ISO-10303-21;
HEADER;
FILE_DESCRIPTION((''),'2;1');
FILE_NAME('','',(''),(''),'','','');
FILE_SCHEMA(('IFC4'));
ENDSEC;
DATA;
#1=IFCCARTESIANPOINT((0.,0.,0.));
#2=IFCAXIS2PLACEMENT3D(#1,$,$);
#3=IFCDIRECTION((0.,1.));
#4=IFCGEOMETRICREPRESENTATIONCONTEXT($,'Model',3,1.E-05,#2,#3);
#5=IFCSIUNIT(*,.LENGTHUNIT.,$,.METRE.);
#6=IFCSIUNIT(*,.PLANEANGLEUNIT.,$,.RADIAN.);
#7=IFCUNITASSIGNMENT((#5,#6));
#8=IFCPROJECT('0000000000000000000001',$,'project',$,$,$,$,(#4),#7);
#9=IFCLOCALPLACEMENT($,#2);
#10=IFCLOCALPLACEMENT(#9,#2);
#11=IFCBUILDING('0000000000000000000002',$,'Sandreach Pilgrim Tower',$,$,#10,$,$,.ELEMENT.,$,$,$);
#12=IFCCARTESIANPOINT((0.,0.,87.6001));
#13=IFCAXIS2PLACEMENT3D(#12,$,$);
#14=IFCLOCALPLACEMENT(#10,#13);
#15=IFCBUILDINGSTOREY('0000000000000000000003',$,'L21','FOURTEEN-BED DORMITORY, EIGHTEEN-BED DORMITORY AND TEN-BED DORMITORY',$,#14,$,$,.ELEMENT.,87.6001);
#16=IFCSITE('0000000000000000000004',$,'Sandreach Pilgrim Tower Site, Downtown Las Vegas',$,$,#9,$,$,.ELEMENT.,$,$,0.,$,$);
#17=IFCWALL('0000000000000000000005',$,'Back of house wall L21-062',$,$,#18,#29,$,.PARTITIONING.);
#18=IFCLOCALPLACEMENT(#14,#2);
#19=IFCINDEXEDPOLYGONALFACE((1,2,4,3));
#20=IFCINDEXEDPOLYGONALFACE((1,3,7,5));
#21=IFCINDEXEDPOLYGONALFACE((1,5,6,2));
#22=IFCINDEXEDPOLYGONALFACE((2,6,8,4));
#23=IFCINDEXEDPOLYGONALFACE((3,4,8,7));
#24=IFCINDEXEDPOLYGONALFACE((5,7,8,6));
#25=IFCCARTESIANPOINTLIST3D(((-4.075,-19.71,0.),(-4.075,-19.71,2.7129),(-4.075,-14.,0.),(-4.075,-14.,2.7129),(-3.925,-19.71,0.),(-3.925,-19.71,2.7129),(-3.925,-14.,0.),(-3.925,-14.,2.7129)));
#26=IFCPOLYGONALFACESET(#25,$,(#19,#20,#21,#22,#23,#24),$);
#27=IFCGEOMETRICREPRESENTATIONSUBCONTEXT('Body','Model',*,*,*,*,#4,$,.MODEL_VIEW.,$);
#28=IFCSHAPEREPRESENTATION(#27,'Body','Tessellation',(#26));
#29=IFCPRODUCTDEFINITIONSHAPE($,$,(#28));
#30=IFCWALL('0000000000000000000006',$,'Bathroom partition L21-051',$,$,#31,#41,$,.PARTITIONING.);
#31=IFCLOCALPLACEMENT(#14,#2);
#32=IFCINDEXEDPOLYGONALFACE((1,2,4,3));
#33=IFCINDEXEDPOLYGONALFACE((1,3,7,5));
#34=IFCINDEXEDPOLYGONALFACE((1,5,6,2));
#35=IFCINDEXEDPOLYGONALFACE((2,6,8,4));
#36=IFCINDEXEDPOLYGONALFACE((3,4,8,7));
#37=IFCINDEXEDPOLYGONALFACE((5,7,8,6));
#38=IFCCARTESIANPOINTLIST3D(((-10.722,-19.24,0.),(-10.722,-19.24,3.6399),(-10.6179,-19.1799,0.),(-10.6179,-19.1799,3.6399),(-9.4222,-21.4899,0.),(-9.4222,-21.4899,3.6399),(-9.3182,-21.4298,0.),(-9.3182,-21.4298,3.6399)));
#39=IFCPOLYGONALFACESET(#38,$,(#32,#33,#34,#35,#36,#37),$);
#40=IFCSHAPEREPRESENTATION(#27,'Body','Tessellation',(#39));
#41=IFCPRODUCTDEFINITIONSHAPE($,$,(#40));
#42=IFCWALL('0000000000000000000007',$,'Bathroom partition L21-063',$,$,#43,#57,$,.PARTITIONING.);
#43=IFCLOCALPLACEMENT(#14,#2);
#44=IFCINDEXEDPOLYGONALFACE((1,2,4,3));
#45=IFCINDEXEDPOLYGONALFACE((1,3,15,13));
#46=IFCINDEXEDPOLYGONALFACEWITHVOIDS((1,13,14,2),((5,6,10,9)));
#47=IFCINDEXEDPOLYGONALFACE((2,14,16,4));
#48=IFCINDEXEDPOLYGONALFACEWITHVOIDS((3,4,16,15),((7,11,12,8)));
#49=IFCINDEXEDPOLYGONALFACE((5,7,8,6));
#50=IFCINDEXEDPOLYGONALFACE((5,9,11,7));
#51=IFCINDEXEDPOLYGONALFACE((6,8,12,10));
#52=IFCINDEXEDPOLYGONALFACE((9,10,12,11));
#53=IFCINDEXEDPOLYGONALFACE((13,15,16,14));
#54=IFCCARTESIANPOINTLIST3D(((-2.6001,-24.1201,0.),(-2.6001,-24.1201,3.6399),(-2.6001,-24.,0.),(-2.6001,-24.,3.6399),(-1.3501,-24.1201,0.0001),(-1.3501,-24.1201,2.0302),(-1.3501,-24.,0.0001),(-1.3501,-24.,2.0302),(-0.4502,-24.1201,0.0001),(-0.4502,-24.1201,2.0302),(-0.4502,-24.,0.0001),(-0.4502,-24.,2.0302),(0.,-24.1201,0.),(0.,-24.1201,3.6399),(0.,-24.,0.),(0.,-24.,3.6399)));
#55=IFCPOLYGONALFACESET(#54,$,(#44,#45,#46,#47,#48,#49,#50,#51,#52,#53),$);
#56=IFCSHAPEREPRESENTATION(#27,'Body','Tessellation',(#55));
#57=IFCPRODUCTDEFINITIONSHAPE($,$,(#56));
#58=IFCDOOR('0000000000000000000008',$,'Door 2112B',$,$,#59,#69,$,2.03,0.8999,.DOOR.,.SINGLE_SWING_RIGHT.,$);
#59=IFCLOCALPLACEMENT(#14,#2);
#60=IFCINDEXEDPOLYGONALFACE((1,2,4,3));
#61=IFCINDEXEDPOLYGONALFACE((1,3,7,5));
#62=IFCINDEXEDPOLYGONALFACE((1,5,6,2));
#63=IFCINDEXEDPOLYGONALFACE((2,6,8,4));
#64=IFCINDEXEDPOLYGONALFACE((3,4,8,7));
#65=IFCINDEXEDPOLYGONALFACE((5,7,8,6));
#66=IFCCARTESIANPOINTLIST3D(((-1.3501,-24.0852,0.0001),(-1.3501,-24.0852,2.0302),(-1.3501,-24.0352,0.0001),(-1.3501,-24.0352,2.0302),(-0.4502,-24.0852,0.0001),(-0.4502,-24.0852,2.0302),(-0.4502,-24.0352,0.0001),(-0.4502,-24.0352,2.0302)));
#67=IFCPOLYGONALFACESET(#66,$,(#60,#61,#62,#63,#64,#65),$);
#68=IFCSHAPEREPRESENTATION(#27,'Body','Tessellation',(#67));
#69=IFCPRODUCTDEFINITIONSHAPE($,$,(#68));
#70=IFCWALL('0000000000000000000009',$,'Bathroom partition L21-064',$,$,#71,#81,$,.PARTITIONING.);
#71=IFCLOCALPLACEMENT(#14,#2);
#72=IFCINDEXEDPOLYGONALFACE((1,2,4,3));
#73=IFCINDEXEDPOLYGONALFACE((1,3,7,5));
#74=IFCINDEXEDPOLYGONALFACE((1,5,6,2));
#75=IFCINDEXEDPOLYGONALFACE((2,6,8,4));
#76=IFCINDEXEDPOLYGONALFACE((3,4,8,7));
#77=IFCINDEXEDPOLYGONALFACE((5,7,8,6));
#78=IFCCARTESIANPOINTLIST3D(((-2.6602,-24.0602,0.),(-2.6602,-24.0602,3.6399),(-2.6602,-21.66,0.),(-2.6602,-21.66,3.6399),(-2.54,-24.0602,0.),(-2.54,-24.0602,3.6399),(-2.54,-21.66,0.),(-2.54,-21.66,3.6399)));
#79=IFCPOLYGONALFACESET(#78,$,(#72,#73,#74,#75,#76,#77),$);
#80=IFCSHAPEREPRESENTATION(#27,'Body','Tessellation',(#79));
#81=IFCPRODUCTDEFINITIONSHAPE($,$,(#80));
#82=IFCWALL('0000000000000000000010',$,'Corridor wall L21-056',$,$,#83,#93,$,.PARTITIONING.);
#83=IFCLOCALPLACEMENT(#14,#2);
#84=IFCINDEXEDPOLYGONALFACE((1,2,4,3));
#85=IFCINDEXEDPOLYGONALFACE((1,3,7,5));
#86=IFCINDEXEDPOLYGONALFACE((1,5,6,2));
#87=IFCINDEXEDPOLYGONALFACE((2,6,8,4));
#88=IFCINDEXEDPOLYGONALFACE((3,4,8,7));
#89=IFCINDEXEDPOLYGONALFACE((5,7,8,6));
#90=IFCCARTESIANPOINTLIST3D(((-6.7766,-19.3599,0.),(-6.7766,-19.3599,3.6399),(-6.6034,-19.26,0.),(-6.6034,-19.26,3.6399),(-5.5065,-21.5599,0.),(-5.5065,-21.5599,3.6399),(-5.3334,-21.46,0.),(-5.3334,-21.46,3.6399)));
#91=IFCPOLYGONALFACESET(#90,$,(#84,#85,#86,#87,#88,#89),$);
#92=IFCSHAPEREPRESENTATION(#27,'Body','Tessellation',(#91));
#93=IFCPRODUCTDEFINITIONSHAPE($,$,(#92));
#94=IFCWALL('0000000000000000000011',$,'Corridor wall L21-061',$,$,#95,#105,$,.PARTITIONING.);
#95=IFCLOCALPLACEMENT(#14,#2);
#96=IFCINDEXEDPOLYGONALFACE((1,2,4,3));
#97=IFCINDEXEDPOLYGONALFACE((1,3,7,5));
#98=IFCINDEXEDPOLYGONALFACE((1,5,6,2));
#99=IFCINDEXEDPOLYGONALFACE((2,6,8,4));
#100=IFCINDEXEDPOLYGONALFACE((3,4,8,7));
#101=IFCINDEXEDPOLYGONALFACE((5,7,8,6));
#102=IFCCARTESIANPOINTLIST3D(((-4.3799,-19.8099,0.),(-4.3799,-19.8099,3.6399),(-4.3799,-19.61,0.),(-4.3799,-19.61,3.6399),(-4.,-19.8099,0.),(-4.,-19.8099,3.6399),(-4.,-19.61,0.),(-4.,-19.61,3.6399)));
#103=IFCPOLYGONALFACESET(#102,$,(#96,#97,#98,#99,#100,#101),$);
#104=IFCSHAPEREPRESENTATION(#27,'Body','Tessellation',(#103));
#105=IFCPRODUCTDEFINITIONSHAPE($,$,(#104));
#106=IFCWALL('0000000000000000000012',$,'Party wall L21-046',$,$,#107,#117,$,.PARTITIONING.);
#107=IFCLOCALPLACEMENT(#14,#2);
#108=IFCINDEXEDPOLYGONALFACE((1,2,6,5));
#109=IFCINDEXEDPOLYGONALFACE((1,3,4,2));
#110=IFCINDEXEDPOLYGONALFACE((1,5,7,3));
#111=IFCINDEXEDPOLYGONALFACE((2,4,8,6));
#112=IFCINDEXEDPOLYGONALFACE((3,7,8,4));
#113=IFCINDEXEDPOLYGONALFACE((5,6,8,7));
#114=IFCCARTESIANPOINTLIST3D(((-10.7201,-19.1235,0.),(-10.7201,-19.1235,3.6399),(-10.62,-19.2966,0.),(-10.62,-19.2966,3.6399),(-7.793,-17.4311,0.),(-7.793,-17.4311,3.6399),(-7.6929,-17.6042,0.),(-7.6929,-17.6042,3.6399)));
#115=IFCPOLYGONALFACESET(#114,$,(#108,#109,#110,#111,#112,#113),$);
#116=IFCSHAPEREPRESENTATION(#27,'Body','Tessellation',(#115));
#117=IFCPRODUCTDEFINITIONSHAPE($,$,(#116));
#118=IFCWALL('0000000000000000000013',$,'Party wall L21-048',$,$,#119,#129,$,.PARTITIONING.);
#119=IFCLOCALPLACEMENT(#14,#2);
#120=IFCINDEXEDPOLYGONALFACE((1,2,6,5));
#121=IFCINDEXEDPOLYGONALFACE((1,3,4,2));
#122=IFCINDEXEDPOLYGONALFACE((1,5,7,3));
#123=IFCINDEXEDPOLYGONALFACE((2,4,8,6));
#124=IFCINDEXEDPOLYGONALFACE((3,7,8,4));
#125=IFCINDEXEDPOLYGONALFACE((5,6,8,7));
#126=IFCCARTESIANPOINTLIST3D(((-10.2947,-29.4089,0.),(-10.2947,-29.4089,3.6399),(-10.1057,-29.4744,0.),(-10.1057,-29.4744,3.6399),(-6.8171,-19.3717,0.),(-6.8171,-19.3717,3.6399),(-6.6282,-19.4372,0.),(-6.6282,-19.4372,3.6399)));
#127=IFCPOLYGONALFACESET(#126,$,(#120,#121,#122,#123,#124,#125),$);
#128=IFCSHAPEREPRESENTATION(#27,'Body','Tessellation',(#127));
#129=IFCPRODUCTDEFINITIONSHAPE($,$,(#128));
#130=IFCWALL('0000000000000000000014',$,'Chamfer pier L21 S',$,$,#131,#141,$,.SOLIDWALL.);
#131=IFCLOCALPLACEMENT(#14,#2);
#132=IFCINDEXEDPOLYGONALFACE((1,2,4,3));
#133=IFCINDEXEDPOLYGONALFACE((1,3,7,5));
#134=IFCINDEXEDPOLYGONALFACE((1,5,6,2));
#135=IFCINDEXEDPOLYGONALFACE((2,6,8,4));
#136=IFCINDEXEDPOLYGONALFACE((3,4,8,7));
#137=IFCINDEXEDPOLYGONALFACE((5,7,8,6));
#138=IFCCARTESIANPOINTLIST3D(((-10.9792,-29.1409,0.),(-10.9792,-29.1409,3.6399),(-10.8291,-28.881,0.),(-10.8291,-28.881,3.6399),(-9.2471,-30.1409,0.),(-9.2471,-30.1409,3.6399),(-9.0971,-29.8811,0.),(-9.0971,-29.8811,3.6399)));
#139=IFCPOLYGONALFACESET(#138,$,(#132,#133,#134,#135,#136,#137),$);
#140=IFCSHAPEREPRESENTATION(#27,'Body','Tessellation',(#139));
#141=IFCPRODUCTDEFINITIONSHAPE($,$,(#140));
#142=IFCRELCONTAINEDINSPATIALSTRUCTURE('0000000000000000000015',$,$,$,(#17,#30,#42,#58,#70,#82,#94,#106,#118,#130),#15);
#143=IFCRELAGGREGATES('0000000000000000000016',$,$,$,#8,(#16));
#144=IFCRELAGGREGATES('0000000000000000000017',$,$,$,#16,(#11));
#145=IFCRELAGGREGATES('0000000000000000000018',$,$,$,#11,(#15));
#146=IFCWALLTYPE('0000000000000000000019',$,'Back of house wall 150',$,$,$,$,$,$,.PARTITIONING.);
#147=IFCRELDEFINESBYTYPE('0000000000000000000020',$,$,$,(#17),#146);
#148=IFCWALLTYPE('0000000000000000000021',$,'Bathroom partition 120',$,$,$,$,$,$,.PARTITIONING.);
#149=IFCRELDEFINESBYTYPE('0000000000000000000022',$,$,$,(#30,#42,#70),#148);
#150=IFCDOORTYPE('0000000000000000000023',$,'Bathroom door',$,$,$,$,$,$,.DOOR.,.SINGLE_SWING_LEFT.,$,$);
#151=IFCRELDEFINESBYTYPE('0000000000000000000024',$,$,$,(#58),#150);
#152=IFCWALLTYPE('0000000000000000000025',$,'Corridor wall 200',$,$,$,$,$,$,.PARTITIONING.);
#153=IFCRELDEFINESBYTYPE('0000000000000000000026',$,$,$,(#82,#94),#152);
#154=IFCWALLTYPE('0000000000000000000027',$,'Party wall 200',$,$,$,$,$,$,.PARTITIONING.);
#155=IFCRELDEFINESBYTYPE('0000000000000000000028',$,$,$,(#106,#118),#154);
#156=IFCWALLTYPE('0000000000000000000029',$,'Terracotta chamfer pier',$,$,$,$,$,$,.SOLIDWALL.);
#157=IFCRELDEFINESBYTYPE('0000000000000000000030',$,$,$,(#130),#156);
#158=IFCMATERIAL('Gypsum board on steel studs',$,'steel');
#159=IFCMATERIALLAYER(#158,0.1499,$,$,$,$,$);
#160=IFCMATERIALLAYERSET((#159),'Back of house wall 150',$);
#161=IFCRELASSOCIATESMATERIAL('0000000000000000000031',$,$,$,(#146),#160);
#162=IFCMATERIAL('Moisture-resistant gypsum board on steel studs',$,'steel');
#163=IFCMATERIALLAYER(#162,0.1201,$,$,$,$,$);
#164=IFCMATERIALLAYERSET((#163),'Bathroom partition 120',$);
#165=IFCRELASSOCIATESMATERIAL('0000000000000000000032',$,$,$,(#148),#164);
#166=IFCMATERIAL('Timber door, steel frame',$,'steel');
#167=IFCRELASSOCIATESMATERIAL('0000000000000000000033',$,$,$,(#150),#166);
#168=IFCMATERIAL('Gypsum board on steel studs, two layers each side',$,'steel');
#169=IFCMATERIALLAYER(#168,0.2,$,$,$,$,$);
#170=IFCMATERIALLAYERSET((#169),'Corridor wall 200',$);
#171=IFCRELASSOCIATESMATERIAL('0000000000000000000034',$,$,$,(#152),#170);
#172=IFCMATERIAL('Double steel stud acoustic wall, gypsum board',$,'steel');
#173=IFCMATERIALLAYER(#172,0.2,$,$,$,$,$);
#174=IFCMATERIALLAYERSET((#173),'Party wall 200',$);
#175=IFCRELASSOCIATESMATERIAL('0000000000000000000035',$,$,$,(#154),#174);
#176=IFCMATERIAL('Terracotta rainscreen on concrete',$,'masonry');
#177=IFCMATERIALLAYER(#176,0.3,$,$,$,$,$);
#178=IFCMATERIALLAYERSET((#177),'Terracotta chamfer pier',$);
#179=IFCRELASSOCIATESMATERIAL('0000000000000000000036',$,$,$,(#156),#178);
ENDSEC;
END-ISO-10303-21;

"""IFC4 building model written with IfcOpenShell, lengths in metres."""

from ifc_helpers import new_model, si_unit, direction, frame, frame_2d, origin, place, context, subcontext, project, spatial, rectangle, extrude, material, layer, layer_set, type_object, element, fill, save


model = new_model("IFC4")

# Units and contexts
model_context = context("Model", 3, precision=1e-05, world=origin(), true_north=direction((0.0, 1.0)))
body_context = subcontext(model_context, "Body", "Model", "MODEL_VIEW")
ifc_project = project(units=[si_unit("LENGTHUNIT", "METRE"), si_unit("PLANEANGLEUNIT", "RADIAN")], contexts=[model_context])

# Site, building, storey
site_placement = place(None, origin())
site = spatial("IfcSite", under=ifc_project, at=site_placement, Name="Sandreach Pilgrim Tower Site, Downtown Las Vegas", CompositionType="ELEMENT", RefElevation=0.0)
building_placement = place(site_placement, origin())
building = spatial("IfcBuilding", under=site, at=building_placement, Name="Sandreach Pilgrim Tower", CompositionType="ELEMENT")
storey_placement = place(building_placement, frame((0.0, 0.0, 87.6001)))
storey = spatial("IfcBuildingStorey", under=building, at=storey_placement, Name="L21", Description="FOURTEEN-BED DORMITORY, EIGHTEEN-BED DORMITORY AND TEN-BED DORMITORY", CompositionType="ELEMENT", Elevation=87.6001)

# Walls
ifc_material_1 = material(Name="Gypsum board on steel studs", Category="steel")
ifc_layer_1 = layer(ifc_material_1, 0.1499)
ifc_layer_set_1 = layer_set([ifc_layer_1], Name="Back of house wall 150")
wall_type_1 = type_object("IfcWallType", Name="Back of house wall 150", PredefinedType="PARTITIONING", material=ifc_layer_set_1)
wall_1_placement = place(storey_placement, frame((-4.0, -14.0, 0.0), z_axis=(0.0, 0.0, 1.0), x_axis=(0.0, -1.0, 0.0)))
element("IfcWall", 1, at=wall_1_placement, inside=storey, type_object=wall_type_1, Name="Back of house wall L21-062", PredefinedType="PARTITIONING", context=body_context, shape_type="SweptSolid", body=[
    extrude(rectangle(XDim=5.71, YDim=0.1499, at=frame_2d((2.855, 0.0))), origin(), (0.0, 0.0, 1.0), 2.7129),
])
ifc_material_2 = material(Name="Moisture-resistant gypsum board on steel studs", Category="steel")
ifc_layer_2 = layer(ifc_material_2, 0.1201)
ifc_layer_set_2 = layer_set([ifc_layer_2], Name="Bathroom partition 120")
wall_type_2 = type_object("IfcWallType", Name="Bathroom partition 120", PredefinedType="PARTITIONING", material=ifc_layer_set_2)
wall_2_placement = place(storey_placement, frame((-9.3701, -21.46, 0.0), z_axis=(0.0, 0.0, 1.0), x_axis=(-0.500221, 0.865898, 0.0)))
element("IfcWall", 2, at=wall_2_placement, inside=storey, type_object=wall_type_2, Name="Bathroom partition L21-051", PredefinedType="PARTITIONING", context=body_context, shape_type="SweptSolid", body=[
    extrude(rectangle(XDim=2.5984, YDim=0.1201, at=frame_2d((1.2993, 0.0))), origin(), (0.0, 0.0, 1.0), 3.6399),
])

# Wall, opening, door
wall_3_placement = place(storey_placement, frame((-2.6001, -24.0601, 0.0), z_axis=(0.0, 0.0, 1.0), x_axis=(1.0, 0.0, 0.0)))
wall_3 = element("IfcWall", 3, at=wall_3_placement, inside=storey, type_object=wall_type_2, Name="Bathroom partition L21-063", PredefinedType="PARTITIONING", context=body_context, shape_type="SweptSolid", body=[
    extrude(rectangle(XDim=2.6001, YDim=0.1201, at=frame_2d((1.3, 0.0))), origin(), (0.0, 0.0, 1.0), 3.6399),
])
opening_1_placement = place(wall_3_placement, frame((1.25, 0.0, 0.0)))
opening_1 = element("IfcOpeningElement", 4, at=opening_1_placement, cuts=wall_3, PredefinedType="OPENING", context=body_context, shape_type="SweptSolid", body=[
    extrude(rectangle(XDim=0.8999, YDim=2.03, at=frame_2d((0.45, 1.0151))), frame((0.0, 0.0601, 0.0), z_axis=(0.0, -1.0, 0.0), x_axis=(1.0, 0.0, 0.0)), (0.0, 0.0, 1.0), 0.1201),
])
ifc_material_3 = material(Name="Timber door, steel frame", Category="steel")
door_type_1 = type_object("IfcDoorType", Name="Bathroom door", OperationType="SINGLE_SWING_LEFT", PredefinedType="DOOR", material=ifc_material_3)
door_1_placement = place(opening_1_placement, origin())
door_1 = element("IfcDoor", 5, at=door_1_placement, inside=storey, type_object=door_type_1, Name="Door 2112B", OperationType="SINGLE_SWING_RIGHT", OverallHeight=2.03, OverallWidth=0.8999, PredefinedType="DOOR", context=body_context, shape_type="SweptSolid", body=[
    extrude(rectangle(XDim=0.8999, YDim=2.03, at=frame_2d((0.45, 1.0151))), frame((0.0, 0.0249, 0.0), z_axis=(0.0, -1.0, 0.0), x_axis=(1.0, 0.0, 0.0)), (0.0, 0.0, 1.0), 0.05),
])
fill(opening_1, door_1)

# Wall
wall_4_placement = place(storey_placement, frame((-2.6001, -21.6599, 0.0), z_axis=(0.0, 0.0, 1.0), x_axis=(0.0, -1.0, 0.0)))
element("IfcWall", 6, at=wall_4_placement, inside=storey, type_object=wall_type_2, Name="Bathroom partition L21-064", PredefinedType="PARTITIONING", context=body_context, shape_type="SweptSolid", body=[
    extrude(rectangle(XDim=2.4001, YDim=0.1201, at=frame_2d((1.2002, 0.0))), origin(), (0.0, 0.0, 1.0), 3.6399),
])

# Shared definitions
ifc_material_4 = material(Name="Gypsum board on steel studs, two layers each side", Category="steel")
ifc_layer_3 = layer(ifc_material_4, 0.2)
ifc_layer_set_3 = layer_set([ifc_layer_3], Name="Corridor wall 200")
wall_type_3 = type_object("IfcWallType", Name="Corridor wall 200", PredefinedType="PARTITIONING", material=ifc_layer_set_3)

# Wall
wall_5_placement = place(storey_placement, frame((-6.6899, -19.3101, 0.0), z_axis=(0.0, 0.0, 1.0), x_axis=(0.499964, -0.866046, 0.0)))
element("IfcWall", 7, at=wall_5_placement, inside=storey, type_object=wall_type_3, Name="Corridor wall L21-056", PredefinedType="PARTITIONING", context=body_context, shape_type="SweptSolid", body=[
    extrude(rectangle(XDim=2.5403, YDim=0.2, at=frame_2d((1.27, 0.0))), origin(), (0.0, 0.0, 1.0), 3.6399),
])

# Walls
wall_6_placement = place(storey_placement, frame((-4.0, -19.71, 0.0), z_axis=(0.0, 0.0, 1.0), x_axis=(-1.0, 0.0, 0.0)))
element("IfcWall", 8, at=wall_6_placement, inside=storey, type_object=wall_type_3, Name="Corridor wall L21-061", PredefinedType="PARTITIONING", context=body_context, shape_type="SweptSolid", body=[
    extrude(rectangle(XDim=0.3799, YDim=0.2, at=frame_2d((0.1899, 0.0))), origin(), (0.0, 0.0, 1.0), 3.6399),
])
ifc_material_5 = material(Name="Double steel stud acoustic wall, gypsum board", Category="steel")
ifc_layer_4 = layer(ifc_material_5, 0.2)
ifc_layer_set_4 = layer_set([ifc_layer_4], Name="Party wall 200")
wall_type_4 = type_object("IfcWallType", Name="Party wall 200", PredefinedType="PARTITIONING", material=ifc_layer_set_4)
wall_7_placement = place(storey_placement, frame((-10.6699, -19.21, 0.0), z_axis=(0.0, 0.0, 1.0), x_axis=(0.865708, 0.500549, 0.0)))
element("IfcWall", 9, at=wall_7_placement, inside=storey, type_object=wall_type_4, Name="Party wall L21-046", PredefinedType="PARTITIONING", context=body_context, shape_type="SweptSolid", body=[
    extrude(rectangle(XDim=3.3811, YDim=0.2, at=frame_2d((1.6904, 0.0))), origin(), (0.0, 0.0, 1.0), 3.6399),
])
wall_8_placement = place(storey_placement, frame((-10.2002, -29.4417, 0.0), z_axis=(0.0, 0.0, 1.0), x_axis=(0.327376, 0.944894, 0.0)))
element("IfcWall", 10, at=wall_8_placement, inside=storey, type_object=wall_type_4, Name="Party wall L21-048", PredefinedType="PARTITIONING", context=body_context, shape_type="SweptSolid", body=[
    extrude(rectangle(XDim=10.6226, YDim=0.2, at=frame_2d((5.3113, 0.0))), origin(), (0.0, 0.0, 1.0), 3.6399),
])
ifc_material_6 = material(Name="Terracotta rainscreen on concrete", Category="masonry")
ifc_layer_5 = layer(ifc_material_6, 0.3)
ifc_layer_set_5 = layer_set([ifc_layer_5], Name="Terracotta chamfer pier")
wall_type_5 = type_object("IfcWallType", Name="Terracotta chamfer pier", PredefinedType="SOLIDWALL", material=ifc_layer_set_5)
wall_9_placement = place(storey_placement, frame((-9.1721, -30.011, 0.0), z_axis=(0.0, 0.0, 1.0), x_axis=(-0.866011, 0.500025, 0.0)))
element("IfcWall", 11, at=wall_9_placement, inside=storey, type_object=wall_type_5, Name="Chamfer pier L21 S", PredefinedType="SOLIDWALL", context=body_context, shape_type="SweptSolid", body=[
    extrude(rectangle(XDim=2.0, YDim=0.3, at=frame_2d((1.0, 0.0))), origin(), (0.0, 0.0, 1.0), 3.6399),
])

save(model, "model.ifc")
